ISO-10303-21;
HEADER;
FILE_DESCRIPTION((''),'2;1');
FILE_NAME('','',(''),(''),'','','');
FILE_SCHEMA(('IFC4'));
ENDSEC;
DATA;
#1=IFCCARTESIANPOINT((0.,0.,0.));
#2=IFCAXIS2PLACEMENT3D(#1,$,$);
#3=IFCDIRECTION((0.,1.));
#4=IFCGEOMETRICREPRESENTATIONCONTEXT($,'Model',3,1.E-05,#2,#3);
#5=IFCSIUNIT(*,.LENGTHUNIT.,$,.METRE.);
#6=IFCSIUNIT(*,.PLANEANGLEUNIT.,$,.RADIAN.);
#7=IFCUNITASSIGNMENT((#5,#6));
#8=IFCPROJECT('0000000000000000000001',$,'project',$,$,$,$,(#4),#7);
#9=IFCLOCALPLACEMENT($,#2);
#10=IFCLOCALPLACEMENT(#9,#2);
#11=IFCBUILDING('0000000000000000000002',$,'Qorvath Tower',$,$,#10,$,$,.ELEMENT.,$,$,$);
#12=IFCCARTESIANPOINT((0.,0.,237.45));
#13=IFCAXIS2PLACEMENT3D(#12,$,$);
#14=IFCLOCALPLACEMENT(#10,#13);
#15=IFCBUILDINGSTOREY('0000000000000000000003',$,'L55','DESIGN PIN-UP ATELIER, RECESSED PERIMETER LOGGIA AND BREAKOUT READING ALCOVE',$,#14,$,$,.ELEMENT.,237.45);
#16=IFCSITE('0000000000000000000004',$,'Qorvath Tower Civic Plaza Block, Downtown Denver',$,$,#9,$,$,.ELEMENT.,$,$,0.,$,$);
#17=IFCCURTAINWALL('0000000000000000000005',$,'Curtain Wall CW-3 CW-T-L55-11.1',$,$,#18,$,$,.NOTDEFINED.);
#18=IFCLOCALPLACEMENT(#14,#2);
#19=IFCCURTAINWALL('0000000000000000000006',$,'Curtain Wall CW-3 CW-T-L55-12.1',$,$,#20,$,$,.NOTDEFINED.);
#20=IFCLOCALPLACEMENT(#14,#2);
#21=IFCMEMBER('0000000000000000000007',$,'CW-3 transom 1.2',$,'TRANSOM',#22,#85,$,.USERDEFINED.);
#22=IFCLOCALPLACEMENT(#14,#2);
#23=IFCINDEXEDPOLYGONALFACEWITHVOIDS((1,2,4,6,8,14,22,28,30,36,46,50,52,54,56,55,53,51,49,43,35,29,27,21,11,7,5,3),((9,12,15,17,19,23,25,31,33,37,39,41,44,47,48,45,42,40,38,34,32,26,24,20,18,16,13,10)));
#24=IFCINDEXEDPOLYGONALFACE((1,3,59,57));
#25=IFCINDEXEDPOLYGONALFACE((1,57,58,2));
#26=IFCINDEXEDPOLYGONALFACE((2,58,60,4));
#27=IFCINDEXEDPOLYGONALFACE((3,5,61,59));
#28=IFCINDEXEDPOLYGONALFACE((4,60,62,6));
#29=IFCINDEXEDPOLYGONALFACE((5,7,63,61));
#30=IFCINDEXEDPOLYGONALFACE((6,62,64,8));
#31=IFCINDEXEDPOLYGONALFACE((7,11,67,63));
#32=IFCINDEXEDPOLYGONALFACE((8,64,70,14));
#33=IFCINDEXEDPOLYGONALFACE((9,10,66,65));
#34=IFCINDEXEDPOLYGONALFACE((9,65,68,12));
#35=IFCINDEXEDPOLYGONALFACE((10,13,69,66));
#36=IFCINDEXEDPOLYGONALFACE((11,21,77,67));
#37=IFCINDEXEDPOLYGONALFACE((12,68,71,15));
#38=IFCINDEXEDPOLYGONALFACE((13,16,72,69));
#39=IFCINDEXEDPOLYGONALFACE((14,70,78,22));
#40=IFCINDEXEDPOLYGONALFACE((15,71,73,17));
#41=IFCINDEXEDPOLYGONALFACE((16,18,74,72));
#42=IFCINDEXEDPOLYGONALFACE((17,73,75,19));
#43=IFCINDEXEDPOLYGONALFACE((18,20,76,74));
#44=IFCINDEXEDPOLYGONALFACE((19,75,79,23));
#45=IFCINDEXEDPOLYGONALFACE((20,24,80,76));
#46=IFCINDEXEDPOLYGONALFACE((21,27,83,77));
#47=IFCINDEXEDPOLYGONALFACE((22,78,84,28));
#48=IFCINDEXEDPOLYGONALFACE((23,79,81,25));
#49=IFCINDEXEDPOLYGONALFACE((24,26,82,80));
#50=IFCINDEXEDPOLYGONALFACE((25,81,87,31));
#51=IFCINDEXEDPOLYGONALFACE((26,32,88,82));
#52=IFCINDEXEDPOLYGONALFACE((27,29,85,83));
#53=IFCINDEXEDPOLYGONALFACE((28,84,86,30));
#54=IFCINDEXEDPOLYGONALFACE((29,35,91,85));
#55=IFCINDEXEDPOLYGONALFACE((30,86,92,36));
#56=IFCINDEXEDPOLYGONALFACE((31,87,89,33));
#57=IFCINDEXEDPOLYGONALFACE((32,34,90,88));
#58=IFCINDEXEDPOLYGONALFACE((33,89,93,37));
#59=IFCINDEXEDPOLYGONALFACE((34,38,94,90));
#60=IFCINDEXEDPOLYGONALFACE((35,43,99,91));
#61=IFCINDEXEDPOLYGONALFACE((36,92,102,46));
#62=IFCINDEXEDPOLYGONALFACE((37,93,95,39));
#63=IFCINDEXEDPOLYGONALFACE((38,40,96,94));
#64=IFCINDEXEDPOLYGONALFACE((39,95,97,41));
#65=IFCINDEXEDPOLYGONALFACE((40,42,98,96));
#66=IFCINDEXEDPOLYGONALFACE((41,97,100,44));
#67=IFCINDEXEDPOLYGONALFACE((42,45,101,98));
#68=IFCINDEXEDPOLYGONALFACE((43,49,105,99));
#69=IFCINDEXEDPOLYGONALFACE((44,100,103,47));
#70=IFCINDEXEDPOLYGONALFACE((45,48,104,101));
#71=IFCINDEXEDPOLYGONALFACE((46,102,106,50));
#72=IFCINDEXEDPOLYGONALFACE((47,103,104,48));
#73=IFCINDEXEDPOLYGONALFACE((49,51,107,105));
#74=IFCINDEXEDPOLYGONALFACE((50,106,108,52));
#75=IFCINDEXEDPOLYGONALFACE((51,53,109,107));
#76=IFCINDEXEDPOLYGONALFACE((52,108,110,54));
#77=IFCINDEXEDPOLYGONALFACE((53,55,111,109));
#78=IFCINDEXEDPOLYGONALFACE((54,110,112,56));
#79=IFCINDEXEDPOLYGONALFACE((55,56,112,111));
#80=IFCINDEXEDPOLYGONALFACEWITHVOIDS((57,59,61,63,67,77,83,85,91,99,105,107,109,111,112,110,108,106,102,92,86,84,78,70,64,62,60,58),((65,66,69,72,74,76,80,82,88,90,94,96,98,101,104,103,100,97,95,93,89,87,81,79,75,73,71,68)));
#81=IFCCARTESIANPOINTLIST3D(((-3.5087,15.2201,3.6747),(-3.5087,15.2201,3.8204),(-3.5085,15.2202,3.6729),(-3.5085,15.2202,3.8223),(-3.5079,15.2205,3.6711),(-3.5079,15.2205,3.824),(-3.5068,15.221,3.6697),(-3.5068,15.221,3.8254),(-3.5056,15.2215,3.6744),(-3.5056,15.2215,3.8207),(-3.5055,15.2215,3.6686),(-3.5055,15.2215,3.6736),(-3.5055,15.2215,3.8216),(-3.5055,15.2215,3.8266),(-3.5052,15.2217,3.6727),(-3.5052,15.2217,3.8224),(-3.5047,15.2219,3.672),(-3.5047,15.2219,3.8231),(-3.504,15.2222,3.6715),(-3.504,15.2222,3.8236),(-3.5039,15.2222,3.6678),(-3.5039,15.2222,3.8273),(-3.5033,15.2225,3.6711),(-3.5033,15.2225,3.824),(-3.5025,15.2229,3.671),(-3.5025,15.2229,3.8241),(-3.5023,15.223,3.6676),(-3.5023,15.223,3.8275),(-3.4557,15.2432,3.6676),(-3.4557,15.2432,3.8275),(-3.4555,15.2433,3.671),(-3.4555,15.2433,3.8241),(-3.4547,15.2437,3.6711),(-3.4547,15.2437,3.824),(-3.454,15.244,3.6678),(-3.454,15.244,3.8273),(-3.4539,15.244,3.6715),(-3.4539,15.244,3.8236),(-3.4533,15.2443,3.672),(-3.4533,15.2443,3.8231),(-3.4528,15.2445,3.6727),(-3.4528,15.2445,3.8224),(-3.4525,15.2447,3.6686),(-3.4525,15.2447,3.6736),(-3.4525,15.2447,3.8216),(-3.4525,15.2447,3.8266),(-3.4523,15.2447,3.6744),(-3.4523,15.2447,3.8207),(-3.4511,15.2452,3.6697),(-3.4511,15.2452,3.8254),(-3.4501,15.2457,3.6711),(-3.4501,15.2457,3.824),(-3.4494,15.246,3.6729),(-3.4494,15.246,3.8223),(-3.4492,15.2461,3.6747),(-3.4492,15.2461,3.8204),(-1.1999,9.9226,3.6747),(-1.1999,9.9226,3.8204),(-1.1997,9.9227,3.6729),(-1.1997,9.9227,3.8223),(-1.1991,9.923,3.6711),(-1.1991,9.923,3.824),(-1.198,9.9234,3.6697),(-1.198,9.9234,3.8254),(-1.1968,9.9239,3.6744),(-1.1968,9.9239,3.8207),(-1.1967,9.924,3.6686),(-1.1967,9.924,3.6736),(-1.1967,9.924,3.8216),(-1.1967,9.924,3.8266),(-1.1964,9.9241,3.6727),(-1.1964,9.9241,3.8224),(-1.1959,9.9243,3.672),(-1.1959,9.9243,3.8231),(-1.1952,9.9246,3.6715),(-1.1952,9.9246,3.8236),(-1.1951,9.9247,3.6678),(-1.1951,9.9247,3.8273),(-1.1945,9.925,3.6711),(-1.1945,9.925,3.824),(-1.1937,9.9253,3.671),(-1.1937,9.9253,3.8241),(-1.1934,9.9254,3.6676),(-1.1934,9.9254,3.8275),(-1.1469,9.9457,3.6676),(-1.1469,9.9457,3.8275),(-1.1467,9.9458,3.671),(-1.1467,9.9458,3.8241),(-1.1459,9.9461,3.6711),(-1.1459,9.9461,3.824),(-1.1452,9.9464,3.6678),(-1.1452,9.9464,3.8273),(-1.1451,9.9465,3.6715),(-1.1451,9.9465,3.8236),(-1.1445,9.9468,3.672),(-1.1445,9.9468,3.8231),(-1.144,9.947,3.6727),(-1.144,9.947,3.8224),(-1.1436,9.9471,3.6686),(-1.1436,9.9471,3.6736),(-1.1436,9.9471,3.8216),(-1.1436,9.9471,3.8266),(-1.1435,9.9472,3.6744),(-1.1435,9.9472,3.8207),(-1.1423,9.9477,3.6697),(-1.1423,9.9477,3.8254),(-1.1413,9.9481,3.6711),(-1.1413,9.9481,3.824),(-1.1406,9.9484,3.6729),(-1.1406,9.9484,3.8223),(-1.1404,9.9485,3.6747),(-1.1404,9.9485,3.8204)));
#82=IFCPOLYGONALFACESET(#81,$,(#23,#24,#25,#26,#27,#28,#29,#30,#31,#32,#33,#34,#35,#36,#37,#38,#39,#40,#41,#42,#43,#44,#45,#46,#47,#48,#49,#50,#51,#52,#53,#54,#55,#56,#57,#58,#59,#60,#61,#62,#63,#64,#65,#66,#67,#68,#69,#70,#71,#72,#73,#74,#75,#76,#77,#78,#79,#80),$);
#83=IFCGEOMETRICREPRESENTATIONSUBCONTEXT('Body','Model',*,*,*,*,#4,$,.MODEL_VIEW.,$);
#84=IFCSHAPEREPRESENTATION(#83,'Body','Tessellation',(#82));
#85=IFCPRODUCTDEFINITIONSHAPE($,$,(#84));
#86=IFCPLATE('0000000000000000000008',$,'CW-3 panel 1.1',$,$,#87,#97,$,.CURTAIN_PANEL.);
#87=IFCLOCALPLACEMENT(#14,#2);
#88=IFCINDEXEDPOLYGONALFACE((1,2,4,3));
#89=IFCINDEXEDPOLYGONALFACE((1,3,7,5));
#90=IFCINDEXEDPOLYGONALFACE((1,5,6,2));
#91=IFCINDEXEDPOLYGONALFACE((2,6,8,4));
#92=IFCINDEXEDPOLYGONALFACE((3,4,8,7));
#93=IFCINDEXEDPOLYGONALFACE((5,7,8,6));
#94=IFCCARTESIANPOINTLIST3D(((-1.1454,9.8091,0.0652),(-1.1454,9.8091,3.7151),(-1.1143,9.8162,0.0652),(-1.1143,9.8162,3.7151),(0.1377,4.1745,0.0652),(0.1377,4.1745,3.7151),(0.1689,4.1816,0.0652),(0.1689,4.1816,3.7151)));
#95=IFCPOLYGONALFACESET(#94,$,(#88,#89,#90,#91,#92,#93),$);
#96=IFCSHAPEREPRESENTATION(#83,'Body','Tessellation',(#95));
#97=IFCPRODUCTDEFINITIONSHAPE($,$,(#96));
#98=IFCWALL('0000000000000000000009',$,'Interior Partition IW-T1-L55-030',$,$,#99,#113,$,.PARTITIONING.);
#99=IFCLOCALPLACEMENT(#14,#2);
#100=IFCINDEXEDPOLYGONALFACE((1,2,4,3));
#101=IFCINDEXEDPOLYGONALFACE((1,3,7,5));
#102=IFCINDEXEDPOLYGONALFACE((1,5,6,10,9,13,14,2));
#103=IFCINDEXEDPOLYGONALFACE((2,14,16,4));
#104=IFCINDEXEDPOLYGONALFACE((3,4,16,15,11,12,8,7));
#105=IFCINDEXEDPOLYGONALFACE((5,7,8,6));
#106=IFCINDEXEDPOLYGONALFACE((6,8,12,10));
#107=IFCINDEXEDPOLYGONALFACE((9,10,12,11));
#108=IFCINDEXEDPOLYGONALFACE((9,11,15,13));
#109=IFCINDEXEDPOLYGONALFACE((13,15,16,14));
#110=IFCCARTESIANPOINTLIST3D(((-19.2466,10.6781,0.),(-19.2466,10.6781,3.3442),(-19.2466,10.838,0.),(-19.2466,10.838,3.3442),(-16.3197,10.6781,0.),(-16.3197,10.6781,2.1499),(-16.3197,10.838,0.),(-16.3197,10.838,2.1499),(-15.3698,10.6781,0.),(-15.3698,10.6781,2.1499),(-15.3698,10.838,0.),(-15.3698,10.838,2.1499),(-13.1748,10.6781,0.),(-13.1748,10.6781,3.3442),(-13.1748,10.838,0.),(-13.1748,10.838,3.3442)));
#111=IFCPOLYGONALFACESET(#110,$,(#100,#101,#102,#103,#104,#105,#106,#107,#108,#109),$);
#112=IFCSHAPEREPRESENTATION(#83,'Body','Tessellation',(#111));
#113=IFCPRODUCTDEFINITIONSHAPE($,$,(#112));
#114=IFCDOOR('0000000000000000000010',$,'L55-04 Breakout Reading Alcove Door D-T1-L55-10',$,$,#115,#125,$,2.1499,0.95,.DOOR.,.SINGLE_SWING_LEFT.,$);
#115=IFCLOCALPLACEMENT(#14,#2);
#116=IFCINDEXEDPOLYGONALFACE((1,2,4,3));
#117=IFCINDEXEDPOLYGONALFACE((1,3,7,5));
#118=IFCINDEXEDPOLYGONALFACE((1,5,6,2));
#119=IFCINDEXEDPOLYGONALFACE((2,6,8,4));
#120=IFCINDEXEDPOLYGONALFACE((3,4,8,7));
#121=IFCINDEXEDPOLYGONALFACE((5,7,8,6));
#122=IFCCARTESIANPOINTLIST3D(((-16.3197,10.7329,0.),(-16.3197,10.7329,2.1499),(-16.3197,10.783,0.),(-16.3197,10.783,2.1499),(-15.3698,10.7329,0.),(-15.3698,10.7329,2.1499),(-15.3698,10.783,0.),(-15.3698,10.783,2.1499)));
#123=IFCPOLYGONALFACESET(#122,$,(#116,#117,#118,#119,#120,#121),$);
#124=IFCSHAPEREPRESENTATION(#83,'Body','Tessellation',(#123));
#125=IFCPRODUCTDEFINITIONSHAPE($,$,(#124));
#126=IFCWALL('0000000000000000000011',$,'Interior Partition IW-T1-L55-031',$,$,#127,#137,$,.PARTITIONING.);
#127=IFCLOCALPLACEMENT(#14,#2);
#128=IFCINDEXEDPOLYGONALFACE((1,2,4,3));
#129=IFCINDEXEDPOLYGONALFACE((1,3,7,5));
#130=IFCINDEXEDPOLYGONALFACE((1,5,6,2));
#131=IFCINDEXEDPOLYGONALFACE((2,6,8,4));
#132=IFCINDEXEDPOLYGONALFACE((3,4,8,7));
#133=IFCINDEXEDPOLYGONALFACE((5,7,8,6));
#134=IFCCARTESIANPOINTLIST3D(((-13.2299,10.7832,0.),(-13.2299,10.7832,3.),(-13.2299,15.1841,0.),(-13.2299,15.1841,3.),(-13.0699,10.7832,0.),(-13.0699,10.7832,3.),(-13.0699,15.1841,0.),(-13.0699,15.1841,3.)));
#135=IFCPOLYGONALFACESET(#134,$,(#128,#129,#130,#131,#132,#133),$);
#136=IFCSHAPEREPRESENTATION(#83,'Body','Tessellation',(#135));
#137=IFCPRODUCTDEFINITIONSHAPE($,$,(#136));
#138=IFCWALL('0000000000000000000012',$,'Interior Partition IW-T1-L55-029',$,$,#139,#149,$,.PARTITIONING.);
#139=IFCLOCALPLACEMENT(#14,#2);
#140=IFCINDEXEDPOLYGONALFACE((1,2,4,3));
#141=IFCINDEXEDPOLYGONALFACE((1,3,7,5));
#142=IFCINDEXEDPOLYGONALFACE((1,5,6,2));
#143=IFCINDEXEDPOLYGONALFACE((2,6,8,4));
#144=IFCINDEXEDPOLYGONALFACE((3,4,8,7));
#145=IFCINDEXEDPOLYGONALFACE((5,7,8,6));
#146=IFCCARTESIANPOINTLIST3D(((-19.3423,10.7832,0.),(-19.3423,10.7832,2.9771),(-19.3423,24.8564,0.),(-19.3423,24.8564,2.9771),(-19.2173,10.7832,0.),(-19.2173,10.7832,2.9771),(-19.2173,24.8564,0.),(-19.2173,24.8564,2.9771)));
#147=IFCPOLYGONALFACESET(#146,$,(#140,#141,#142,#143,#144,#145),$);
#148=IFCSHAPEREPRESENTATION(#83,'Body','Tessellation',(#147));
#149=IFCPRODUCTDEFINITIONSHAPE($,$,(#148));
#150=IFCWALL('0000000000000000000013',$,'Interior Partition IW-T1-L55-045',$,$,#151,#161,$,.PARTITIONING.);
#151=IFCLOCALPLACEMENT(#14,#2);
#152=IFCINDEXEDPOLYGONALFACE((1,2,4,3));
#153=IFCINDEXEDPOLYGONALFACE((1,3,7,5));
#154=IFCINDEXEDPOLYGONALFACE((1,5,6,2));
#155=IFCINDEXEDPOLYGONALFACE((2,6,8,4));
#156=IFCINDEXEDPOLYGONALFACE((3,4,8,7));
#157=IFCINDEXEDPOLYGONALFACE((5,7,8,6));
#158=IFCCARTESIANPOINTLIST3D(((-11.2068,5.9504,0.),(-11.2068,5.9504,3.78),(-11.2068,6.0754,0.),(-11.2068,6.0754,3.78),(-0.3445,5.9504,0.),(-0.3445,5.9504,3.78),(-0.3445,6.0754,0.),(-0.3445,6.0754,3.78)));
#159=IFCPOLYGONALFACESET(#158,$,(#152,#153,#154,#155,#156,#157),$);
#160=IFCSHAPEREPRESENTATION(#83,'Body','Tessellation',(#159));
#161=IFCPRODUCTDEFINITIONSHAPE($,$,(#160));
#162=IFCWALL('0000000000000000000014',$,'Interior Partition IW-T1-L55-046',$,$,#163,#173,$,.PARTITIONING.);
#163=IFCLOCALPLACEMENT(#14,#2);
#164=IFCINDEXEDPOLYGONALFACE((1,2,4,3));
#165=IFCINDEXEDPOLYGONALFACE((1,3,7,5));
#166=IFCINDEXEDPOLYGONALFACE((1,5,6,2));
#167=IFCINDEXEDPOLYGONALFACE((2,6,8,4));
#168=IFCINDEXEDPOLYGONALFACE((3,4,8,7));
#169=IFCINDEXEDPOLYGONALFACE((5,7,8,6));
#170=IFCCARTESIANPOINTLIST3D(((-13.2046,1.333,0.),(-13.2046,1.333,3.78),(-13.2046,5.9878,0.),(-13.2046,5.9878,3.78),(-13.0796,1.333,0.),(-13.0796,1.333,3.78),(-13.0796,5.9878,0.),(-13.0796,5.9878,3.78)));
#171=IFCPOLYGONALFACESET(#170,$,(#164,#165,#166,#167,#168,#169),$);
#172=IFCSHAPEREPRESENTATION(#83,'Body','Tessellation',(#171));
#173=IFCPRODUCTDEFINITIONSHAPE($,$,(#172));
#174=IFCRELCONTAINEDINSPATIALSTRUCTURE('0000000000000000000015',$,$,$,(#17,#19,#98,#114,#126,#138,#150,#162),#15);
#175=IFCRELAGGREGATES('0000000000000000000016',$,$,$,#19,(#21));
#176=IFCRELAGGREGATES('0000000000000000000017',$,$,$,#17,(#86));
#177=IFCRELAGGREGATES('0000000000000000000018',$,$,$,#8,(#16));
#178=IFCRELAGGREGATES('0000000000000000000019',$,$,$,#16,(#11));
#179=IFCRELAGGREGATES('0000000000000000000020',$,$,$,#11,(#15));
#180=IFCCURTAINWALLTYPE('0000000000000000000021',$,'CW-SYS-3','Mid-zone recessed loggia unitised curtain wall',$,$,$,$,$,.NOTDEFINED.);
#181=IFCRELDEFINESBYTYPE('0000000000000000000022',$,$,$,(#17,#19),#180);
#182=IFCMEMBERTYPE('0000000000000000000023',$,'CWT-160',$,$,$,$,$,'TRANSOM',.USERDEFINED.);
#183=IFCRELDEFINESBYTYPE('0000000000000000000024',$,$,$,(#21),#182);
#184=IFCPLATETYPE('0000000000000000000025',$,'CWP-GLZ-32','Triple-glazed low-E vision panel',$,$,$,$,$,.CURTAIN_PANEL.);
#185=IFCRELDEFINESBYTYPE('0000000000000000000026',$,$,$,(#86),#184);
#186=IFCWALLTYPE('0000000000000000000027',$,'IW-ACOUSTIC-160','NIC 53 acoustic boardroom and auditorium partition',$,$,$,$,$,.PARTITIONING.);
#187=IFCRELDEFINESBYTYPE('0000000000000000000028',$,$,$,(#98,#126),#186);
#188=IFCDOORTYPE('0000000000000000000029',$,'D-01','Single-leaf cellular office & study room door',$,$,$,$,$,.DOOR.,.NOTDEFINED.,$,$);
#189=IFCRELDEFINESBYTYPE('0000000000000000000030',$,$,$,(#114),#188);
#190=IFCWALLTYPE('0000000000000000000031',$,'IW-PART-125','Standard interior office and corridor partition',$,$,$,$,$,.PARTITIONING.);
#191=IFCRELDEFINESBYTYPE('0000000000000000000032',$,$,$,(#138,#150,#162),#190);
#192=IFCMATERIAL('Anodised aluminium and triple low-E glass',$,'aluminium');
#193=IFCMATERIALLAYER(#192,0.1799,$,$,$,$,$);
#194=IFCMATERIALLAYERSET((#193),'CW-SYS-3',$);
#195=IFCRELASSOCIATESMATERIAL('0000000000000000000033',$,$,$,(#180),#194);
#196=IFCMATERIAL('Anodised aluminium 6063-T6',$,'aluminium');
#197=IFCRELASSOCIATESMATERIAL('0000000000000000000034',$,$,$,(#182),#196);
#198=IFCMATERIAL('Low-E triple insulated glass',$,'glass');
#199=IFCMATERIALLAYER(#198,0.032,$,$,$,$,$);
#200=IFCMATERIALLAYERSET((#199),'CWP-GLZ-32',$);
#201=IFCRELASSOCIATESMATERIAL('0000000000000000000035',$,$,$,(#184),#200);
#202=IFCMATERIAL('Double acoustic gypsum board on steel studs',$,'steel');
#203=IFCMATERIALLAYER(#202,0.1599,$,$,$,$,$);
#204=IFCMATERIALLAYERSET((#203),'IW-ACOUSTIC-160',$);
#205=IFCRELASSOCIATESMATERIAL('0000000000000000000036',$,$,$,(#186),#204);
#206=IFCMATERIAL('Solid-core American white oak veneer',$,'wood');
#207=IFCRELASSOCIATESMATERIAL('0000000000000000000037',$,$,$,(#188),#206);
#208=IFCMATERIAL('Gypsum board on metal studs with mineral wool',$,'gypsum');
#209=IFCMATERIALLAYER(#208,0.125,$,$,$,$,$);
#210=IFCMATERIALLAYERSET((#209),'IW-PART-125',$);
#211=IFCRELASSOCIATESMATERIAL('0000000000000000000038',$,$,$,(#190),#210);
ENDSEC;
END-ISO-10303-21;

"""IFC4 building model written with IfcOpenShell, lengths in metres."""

from ifc_helpers import new_model, si_unit, direction, frame, frame_2d, origin, origin_2d, place, context, subcontext, project, spatial, rectangle, hollow_rectangle, extrude, material, layer, layer_set, material_profile, profile_set, type_object, element, fill, aggregate, save


model = new_model("IFC4")

# Units and contexts
model_context = context("Model", 3, precision=1e-05, world=origin(), true_north=direction((0.0, 1.0)))
body_context = subcontext(model_context, "Body", "Model", "MODEL_VIEW")
ifc_project = project(units=[si_unit("LENGTHUNIT", "METRE"), si_unit("PLANEANGLEUNIT", "RADIAN")], contexts=[model_context])

# Site, building, storey
site_placement = place(None, origin())
site = spatial("IfcSite", under=ifc_project, at=site_placement, Name="Qorvath Tower Civic Plaza Block, Downtown Denver", CompositionType="ELEMENT", RefElevation=0.0)
building_placement = place(site_placement, origin())
building = spatial("IfcBuilding", under=site, at=building_placement, Name="Qorvath Tower", CompositionType="ELEMENT")
storey_placement = place(building_placement, frame((0.0, 0.0, 237.45)))
storey = spatial("IfcBuildingStorey", under=building, at=storey_placement, Name="L55", Description="DESIGN PIN-UP ATELIER, RECESSED PERIMETER LOGGIA AND BREAKOUT READING ALCOVE", CompositionType="ELEMENT", Elevation=237.45)

# Curtain wall
ifc_material_1 = material(Name="Anodised aluminium and triple low-E glass", Category="aluminium")
ifc_layer_1 = layer(ifc_material_1, 0.1799)
ifc_layer_set_1 = layer_set([ifc_layer_1], Name="CW-SYS-3")
curtain_wall_type = type_object("IfcCurtainWallType", Name="CW-SYS-3", Description="Mid-zone recessed loggia unitised curtain wall", PredefinedType="NOTDEFINED", material=ifc_layer_set_1)
curtain_wall_1_placement = place(storey_placement, origin())
curtain_wall_1 = element("IfcCurtainWall", 1, at=curtain_wall_1_placement, inside=storey, type_object=curtain_wall_type, Name="Curtain Wall CW-3 CW-T-L55-11.1", PredefinedType="NOTDEFINED")

# Curtain wall
curtain_wall_2_placement = place(storey_placement, origin())
curtain_wall_2 = element("IfcCurtainWall", 2, at=curtain_wall_2_placement, inside=storey, type_object=curtain_wall_type, Name="Curtain Wall CW-3 CW-T-L55-12.1", PredefinedType="NOTDEFINED")

# Member
ifc_material_2 = material(Name="Anodised aluminium 6063-T6", Category="aluminium")
ifc_material_profile_1 = material_profile(ifc_material_2, hollow_rectangle(XDim=0.0649, YDim=0.1599, WallThickness=0.0034, InnerFilletRadius=0.0034, OuterFilletRadius=0.0071, at=origin_2d()), Name="CWT 160x65")
ifc_profile_set_1 = profile_set([ifc_material_profile_1], Name="Anodised aluminium 6063-T6")
member_type_1 = type_object("IfcMemberType", Name="CWT-160", ElementType="TRANSOM", PredefinedType="USERDEFINED", material=ifc_profile_set_1)
member_1_placement = place(storey_placement, frame((-1.1702, 9.9355, 3.7476), z_axis=(-0.399531, 0.91672, 0.0), x_axis=(-0.91672, -0.399531, 0.0)))
member_1 = element("IfcMember", 3, at=member_1_placement, type_object=member_type_1, Name="CW-3 transom 1.2", ObjectType="TRANSOM", PredefinedType="USERDEFINED", context=body_context, shape_type="SweptSolid", body=[
    extrude(hollow_rectangle(XDim=0.0649, YDim=0.1599, WallThickness=0.0034, InnerFilletRadius=0.0034, OuterFilletRadius=0.0071, at=origin_2d()), origin(), (0.0, 0.0, 1.0), 5.7788),
])
aggregate(curtain_wall_2, [member_1])

# Plate
ifc_material_3 = material(Name="Low-E triple insulated glass", Category="glass")
ifc_layer_2 = layer(ifc_material_3, 0.032)
ifc_layer_set_2 = layer_set([ifc_layer_2], Name="CWP-GLZ-32")
plate_type = type_object("IfcPlateType", Name="CWP-GLZ-32", Description="Triple-glazed low-E vision panel", PredefinedType="CURTAIN_PANEL", material=ifc_layer_set_2)
plate_placement = place(storey_placement, frame((-0.4883, 6.9954, 0.0652), z_axis=(0.0, 0.0, 1.0), x_axis=(-0.222042, 0.975037, 0.0)))
plate = element("IfcPlate", 4, at=plate_placement, type_object=plate_type, Name="CW-3 panel 1.1", PredefinedType="CURTAIN_PANEL", context=body_context, shape_type="SweptSolid", body=[
    extrude(rectangle(XDim=5.7788, YDim=0.032, at=origin_2d()), origin(), (0.0, 0.0, 1.0), 3.6499),
])
aggregate(curtain_wall_1, [plate])

# Wall, opening, door
ifc_material_4 = material(Name="Double acoustic gypsum board on steel studs", Category="steel")
ifc_layer_3 = layer(ifc_material_4, 0.1599)
ifc_layer_set_3 = layer_set([ifc_layer_3], Name="IW-ACOUSTIC-160")
wall_type_1 = type_object("IfcWallType", Name="IW-ACOUSTIC-160", Description="NIC 53 acoustic boardroom and auditorium partition", PredefinedType="PARTITIONING", material=ifc_layer_set_3)
wall_1_placement = place(storey_placement, frame((-19.2466, 10.7581, 0.0), z_axis=(0.0, 0.0, 1.0), x_axis=(1.0, 0.0, 0.0)))
wall_1 = element("IfcWall", 5, at=wall_1_placement, inside=storey, type_object=wall_type_1, Name="Interior Partition IW-T1-L55-030", PredefinedType="PARTITIONING", context=body_context, shape_type="SweptSolid", body=[
    extrude(rectangle(XDim=6.0718, YDim=0.1599, at=frame_2d((3.0359, 0.0))), origin(), (0.0, 0.0, 1.0), 3.3442),
])
opening_1_placement = place(wall_1_placement, frame((2.9268, 0.0, 0.0)))
opening_1 = element("IfcOpeningElement", 6, at=opening_1_placement, cuts=wall_1, PredefinedType="OPENING", context=body_context, shape_type="SweptSolid", body=[
    extrude(rectangle(XDim=0.95, YDim=2.1499, at=frame_2d((0.4751, 1.075))), frame((0.0, 0.0898, 0.0), z_axis=(0.0, -1.0, 0.0), x_axis=(1.0, 0.0, 0.0)), (0.0, 0.0, 1.0), 0.1799),
])
ifc_material_5 = material(Name="Solid-core American white oak veneer", Category="wood")
door_type_1 = type_object("IfcDoorType", Name="D-01", Description="Single-leaf cellular office & study room door", OperationType="NOTDEFINED", PredefinedType="DOOR", material=ifc_material_5)
door_1_placement = place(opening_1_placement, origin())
door_1 = element("IfcDoor", 7, at=door_1_placement, inside=storey, type_object=door_type_1, Name="L55-04 Breakout Reading Alcove Door D-T1-L55-10", OperationType="SINGLE_SWING_LEFT", OverallHeight=2.1499, OverallWidth=0.95, PredefinedType="DOOR", context=body_context, shape_type="SweptSolid", body=[
    extrude(rectangle(XDim=0.95, YDim=2.1499, at=frame_2d((0.4751, 1.075))), frame((0.0, 0.0249, 0.0), z_axis=(0.0, -1.0, 0.0), x_axis=(1.0, 0.0, 0.0)), (0.0, 0.0, 1.0), 0.05),
])
fill(opening_1, door_1)

# Wall
wall_2_placement = place(storey_placement, frame((-13.1499, 10.7832, 0.0), z_axis=(0.0, 0.0, 1.0), x_axis=(0.0, 1.0, 0.0)))
element("IfcWall", 8, at=wall_2_placement, inside=storey, type_object=wall_type_1, Name="Interior Partition IW-T1-L55-031", PredefinedType="PARTITIONING", context=body_context, shape_type="SweptSolid", body=[
    extrude(rectangle(XDim=4.4009, YDim=0.1599, at=frame_2d((2.2004, 0.0))), origin(), (0.0, 0.0, 1.0), 3.0),
])

# Walls
ifc_material_6 = material(Name="Gypsum board on metal studs with mineral wool", Category="gypsum")
ifc_layer_4 = layer(ifc_material_6, 0.125)
ifc_layer_set_4 = layer_set([ifc_layer_4], Name="IW-PART-125")
wall_type_2 = type_object("IfcWallType", Name="IW-PART-125", Description="Standard interior office and corridor partition", PredefinedType="PARTITIONING", material=ifc_layer_set_4)
wall_3_placement = place(storey_placement, frame((-19.2798, 10.7832, 0.0), z_axis=(0.0, 0.0, 1.0), x_axis=(0.0, 1.0, 0.0)))
element("IfcWall", 9, at=wall_3_placement, inside=storey, type_object=wall_type_2, Name="Interior Partition IW-T1-L55-029", PredefinedType="PARTITIONING", context=body_context, shape_type="SweptSolid", body=[
    extrude(rectangle(XDim=14.0732, YDim=0.125, at=frame_2d((7.0366, 0.0))), origin(), (0.0, 0.0, 1.0), 2.9771),
])
wall_4_placement = place(storey_placement, frame((-0.3445, 6.0129, 0.0), z_axis=(0.0, 0.0, 1.0), x_axis=(-1.0, 0.0, 0.0)))
element("IfcWall", 10, at=wall_4_placement, inside=storey, type_object=wall_type_2, Name="Interior Partition IW-T1-L55-045", PredefinedType="PARTITIONING", context=body_context, shape_type="SweptSolid", body=[
    extrude(rectangle(XDim=10.8623, YDim=0.125, at=frame_2d((5.4312, 0.0))), origin(), (0.0, 0.0, 1.0), 3.78),
])
wall_5_placement = place(storey_placement, frame((-13.1421, 5.9878, 0.0), z_axis=(0.0, 0.0, 1.0), x_axis=(0.0, -1.0, 0.0)))
element("IfcWall", 11, at=wall_5_placement, inside=storey, type_object=wall_type_2, Name="Interior Partition IW-T1-L55-046", PredefinedType="PARTITIONING", context=body_context, shape_type="SweptSolid", body=[
    extrude(rectangle(XDim=4.6548, YDim=0.125, at=frame_2d((2.3274, 0.0))), origin(), (0.0, 0.0, 1.0), 3.78),
])

save(model, "model.ifc")
